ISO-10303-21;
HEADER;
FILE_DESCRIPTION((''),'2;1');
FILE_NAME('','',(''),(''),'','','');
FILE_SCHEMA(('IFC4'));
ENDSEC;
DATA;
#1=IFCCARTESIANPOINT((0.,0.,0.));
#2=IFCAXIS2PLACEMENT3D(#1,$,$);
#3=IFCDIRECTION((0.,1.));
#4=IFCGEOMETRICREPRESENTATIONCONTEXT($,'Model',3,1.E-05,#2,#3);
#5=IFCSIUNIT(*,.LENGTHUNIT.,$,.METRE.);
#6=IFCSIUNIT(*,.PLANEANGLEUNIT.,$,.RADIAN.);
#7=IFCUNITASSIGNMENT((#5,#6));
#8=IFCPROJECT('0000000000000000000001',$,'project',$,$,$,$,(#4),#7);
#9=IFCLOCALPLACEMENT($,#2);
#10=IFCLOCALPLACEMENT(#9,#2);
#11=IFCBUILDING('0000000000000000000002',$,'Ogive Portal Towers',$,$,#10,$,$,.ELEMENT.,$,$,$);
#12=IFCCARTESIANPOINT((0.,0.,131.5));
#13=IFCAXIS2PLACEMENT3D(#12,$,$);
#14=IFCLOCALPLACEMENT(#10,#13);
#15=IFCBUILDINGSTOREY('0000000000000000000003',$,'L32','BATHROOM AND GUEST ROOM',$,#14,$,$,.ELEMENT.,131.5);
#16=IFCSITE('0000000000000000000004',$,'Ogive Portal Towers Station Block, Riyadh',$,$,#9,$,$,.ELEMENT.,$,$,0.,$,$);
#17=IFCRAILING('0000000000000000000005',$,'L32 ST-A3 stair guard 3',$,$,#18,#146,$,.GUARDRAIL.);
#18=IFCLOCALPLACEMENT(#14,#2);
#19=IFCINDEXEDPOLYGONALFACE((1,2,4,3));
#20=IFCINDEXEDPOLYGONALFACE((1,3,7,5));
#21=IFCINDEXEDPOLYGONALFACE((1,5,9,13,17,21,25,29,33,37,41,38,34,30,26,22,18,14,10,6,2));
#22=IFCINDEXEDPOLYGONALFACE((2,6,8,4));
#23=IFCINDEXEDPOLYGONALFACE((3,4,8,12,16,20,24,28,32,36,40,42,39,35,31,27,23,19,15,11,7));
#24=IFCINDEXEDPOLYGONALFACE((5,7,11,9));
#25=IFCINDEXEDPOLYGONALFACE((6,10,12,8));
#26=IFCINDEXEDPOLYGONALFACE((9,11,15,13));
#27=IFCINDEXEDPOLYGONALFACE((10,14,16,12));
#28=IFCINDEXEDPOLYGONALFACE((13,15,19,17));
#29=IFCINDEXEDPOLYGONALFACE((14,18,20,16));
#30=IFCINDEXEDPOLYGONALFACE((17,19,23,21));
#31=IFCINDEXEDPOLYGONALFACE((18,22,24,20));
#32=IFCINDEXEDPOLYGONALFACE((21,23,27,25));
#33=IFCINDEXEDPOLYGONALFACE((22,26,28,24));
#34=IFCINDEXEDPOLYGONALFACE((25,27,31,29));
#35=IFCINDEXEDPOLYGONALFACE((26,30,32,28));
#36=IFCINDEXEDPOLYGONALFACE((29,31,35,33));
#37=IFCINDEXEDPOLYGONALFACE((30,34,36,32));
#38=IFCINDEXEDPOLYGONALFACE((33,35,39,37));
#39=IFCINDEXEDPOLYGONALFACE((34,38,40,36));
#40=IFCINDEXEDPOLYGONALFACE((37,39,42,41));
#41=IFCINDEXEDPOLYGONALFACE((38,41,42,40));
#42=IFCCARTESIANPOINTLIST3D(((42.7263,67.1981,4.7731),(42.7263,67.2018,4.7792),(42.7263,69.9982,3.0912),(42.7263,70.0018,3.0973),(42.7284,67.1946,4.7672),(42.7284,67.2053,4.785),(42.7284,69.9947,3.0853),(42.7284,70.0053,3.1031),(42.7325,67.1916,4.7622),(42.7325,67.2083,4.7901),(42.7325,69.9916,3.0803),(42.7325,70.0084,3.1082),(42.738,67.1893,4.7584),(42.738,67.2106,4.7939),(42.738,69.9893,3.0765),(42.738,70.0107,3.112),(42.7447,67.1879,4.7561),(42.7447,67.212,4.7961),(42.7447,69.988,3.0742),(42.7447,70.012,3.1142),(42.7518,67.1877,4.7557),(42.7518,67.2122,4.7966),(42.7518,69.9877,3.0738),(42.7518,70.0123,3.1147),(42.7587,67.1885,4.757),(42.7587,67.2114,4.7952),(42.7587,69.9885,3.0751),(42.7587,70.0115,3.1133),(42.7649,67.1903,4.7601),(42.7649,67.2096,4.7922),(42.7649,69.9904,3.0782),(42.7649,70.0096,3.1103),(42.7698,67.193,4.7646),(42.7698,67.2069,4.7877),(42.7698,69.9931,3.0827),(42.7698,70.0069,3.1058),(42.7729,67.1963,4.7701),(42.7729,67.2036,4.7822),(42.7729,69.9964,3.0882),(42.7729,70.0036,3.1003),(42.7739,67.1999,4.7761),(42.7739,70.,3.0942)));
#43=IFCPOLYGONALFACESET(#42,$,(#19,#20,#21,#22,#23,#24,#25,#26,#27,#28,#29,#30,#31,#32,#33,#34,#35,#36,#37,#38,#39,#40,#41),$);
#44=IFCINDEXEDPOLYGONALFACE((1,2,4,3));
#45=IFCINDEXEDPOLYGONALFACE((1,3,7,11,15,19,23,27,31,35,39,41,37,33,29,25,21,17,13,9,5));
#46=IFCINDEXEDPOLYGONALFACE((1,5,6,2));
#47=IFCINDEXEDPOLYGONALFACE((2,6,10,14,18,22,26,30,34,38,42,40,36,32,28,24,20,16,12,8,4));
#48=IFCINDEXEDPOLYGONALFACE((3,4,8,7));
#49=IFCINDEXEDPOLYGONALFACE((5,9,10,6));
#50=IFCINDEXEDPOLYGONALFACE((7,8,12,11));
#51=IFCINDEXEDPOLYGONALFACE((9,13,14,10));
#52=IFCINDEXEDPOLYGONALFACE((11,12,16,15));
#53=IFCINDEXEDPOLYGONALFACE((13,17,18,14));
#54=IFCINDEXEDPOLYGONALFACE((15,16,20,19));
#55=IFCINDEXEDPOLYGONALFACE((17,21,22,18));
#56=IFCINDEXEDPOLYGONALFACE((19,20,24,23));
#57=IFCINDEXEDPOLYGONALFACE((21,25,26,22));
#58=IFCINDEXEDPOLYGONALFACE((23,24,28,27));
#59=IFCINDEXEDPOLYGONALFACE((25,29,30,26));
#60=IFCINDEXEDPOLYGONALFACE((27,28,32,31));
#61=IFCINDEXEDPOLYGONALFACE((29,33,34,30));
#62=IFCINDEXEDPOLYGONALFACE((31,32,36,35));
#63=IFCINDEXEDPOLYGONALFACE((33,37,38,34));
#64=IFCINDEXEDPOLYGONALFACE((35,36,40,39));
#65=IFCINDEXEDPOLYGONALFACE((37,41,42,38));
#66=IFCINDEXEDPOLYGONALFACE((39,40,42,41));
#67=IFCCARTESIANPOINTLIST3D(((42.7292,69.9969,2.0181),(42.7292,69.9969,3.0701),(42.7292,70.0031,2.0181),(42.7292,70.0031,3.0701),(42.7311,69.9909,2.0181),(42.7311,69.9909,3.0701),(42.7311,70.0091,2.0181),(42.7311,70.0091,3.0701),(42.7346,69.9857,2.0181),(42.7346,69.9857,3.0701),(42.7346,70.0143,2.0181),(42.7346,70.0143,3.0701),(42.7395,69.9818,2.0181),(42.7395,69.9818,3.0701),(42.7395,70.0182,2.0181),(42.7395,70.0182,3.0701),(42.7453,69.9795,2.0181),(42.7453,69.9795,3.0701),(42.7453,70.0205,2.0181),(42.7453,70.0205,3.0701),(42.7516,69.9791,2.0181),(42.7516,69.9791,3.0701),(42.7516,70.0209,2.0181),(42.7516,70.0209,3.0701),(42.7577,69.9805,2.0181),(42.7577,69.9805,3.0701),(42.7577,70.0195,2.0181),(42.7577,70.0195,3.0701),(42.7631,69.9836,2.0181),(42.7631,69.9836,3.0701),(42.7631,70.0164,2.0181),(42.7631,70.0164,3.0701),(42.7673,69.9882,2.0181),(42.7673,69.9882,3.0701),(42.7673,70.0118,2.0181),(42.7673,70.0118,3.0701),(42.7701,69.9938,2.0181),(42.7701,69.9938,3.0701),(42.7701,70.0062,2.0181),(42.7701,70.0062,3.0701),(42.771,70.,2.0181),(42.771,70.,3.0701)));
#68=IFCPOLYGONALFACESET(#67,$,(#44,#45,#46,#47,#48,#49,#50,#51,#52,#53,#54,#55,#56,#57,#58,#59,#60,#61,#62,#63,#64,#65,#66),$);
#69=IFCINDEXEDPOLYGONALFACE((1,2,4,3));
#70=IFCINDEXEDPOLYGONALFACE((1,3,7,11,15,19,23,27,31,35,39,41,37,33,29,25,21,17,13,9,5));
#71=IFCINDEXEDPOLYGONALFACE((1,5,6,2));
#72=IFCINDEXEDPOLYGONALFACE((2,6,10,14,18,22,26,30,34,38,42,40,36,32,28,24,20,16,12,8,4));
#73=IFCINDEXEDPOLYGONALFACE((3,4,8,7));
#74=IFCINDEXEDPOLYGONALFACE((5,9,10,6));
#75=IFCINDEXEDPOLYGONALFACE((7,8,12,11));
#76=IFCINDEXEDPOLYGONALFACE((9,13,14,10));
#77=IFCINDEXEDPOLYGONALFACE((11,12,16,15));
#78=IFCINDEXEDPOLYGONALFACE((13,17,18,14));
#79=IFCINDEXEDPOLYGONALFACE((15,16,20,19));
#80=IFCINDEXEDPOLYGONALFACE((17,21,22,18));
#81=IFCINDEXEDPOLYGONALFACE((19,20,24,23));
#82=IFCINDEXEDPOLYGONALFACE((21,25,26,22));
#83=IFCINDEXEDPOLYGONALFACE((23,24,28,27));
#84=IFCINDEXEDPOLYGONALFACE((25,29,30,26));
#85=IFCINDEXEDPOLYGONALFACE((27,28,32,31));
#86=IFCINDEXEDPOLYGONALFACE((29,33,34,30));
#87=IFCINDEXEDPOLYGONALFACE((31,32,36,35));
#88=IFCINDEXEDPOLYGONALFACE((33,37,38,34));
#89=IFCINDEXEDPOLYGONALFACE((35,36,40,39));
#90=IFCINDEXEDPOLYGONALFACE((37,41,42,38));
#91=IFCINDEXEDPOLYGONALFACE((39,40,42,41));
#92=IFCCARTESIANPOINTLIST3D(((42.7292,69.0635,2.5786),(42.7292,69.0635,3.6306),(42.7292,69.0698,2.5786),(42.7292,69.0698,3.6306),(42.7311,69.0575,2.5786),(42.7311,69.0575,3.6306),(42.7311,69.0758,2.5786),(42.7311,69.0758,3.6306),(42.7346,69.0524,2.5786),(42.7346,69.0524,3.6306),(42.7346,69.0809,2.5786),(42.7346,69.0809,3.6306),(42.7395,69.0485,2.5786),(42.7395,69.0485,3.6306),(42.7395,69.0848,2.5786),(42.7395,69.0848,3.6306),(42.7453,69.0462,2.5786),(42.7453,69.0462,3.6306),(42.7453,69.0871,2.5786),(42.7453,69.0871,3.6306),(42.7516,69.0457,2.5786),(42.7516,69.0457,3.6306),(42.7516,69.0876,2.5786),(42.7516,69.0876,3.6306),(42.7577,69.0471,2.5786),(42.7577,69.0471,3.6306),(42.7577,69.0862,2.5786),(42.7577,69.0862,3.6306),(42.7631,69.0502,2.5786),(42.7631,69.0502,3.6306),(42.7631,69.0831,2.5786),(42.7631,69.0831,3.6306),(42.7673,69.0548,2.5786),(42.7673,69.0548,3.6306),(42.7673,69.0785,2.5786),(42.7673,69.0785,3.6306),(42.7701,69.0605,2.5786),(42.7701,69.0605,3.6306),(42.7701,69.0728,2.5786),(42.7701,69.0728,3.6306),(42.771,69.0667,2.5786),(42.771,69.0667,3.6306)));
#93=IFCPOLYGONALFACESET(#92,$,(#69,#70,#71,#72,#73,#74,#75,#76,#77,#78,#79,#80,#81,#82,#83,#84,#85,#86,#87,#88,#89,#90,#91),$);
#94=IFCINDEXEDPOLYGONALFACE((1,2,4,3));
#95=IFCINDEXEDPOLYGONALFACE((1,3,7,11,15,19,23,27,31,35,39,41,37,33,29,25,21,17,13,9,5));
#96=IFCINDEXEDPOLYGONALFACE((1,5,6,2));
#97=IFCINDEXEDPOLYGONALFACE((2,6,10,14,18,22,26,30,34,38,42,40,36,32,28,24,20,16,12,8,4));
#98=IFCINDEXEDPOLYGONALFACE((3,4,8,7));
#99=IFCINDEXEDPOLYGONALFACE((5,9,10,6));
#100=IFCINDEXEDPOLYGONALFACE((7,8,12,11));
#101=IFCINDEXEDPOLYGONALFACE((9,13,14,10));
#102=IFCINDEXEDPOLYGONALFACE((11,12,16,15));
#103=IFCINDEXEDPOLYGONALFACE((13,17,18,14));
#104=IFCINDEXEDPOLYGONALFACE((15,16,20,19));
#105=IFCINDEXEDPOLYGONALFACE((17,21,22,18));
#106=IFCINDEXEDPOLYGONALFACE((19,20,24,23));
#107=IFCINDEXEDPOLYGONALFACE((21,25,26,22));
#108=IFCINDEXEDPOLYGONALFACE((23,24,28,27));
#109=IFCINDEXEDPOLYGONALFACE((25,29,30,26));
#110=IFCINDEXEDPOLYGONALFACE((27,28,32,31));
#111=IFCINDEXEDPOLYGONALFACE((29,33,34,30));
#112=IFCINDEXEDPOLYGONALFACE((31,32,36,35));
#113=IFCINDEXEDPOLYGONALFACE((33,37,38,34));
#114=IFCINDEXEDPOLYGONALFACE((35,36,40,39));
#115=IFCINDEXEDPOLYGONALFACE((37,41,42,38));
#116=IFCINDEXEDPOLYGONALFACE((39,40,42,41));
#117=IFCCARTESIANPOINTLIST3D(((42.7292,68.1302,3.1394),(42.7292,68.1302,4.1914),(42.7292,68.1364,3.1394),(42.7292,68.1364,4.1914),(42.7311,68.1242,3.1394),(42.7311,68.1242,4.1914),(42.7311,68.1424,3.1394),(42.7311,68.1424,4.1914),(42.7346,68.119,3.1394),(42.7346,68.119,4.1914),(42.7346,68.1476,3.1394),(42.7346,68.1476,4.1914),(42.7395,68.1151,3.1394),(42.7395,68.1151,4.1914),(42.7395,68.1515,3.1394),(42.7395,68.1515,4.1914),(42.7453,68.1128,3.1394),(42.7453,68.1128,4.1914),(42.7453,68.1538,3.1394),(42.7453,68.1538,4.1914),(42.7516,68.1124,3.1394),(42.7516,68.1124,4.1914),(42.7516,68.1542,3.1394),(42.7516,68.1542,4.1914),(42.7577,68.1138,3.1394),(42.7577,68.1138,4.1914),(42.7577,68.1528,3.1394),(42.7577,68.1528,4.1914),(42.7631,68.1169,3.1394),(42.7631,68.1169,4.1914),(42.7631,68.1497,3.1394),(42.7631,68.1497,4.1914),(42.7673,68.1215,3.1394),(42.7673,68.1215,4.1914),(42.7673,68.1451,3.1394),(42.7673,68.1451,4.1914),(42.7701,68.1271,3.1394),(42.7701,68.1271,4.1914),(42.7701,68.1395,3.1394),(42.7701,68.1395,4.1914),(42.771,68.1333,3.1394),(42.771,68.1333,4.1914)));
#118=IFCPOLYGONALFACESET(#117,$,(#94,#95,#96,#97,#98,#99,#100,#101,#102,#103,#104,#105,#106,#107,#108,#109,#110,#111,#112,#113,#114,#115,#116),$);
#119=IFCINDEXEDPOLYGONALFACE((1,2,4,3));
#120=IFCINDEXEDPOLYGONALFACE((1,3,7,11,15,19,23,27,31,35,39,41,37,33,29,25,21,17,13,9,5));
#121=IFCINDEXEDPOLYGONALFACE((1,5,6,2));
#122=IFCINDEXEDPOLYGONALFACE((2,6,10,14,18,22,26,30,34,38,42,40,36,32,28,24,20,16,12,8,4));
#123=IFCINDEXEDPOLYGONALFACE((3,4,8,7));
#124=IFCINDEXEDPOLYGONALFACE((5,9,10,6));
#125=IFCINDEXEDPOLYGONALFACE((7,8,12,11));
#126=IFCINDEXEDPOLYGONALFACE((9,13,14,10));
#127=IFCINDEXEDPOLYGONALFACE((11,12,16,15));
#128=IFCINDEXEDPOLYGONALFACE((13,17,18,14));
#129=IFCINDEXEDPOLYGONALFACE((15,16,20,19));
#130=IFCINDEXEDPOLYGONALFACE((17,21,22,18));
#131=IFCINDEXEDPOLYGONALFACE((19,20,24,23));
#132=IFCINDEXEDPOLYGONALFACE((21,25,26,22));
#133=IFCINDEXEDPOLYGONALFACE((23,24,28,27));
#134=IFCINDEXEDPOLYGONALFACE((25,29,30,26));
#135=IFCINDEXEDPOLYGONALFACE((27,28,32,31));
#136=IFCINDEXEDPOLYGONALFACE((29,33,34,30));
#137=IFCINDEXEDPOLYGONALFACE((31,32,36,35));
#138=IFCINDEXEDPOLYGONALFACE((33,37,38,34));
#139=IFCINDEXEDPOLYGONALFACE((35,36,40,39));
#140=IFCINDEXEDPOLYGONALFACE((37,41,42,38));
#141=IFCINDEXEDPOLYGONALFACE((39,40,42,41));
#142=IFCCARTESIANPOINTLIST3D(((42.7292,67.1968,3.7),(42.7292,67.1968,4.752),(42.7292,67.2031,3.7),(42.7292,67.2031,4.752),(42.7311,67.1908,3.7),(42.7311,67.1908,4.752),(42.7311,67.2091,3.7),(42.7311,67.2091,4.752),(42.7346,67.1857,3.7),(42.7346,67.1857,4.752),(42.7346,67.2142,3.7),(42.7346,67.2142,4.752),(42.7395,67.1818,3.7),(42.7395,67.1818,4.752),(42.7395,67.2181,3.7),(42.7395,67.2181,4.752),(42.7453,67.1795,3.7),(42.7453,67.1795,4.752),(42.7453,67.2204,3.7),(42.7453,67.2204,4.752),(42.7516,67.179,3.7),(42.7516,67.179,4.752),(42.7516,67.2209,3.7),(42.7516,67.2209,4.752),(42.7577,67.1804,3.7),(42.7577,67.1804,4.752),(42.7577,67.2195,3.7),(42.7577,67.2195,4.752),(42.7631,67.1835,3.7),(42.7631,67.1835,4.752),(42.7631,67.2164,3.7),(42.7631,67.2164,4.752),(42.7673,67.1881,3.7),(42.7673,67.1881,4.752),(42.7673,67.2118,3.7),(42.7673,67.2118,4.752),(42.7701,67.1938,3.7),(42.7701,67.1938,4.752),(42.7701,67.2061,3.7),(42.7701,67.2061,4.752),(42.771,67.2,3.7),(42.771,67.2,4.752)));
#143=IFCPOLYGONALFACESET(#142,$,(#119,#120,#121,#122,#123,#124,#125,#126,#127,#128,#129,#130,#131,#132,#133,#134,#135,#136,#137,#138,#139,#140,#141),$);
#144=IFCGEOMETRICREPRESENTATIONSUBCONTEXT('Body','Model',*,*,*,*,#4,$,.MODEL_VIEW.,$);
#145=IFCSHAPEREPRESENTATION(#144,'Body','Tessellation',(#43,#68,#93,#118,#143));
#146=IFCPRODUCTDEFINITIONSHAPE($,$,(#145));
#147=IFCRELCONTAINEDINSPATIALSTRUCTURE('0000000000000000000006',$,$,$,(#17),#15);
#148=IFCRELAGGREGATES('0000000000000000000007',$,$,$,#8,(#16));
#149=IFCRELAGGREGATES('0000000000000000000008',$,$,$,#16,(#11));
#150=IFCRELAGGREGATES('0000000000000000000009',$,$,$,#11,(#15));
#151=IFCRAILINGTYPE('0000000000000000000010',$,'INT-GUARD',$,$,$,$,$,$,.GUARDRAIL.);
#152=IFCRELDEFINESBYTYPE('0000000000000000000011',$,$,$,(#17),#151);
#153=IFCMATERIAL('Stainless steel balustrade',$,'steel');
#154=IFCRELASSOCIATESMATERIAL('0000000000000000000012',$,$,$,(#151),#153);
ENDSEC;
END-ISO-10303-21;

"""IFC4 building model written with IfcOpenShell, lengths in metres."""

from ifc_helpers import new_model, si_unit, direction, frame, origin, origin_2d, place, context, subcontext, project, spatial, circle, extrude, material, type_object, element, save


model = new_model("IFC4")

# Units and contexts
model_context = context("Model", 3, precision=1e-05, world=origin(), true_north=direction((0.0, 1.0)))
body_context = subcontext(model_context, "Body", "Model", "MODEL_VIEW")
ifc_project = project(units=[si_unit("LENGTHUNIT", "METRE"), si_unit("PLANEANGLEUNIT", "RADIAN")], contexts=[model_context])

# Site, building, storey
site_placement = place(None, origin())
site = spatial("IfcSite", under=ifc_project, at=site_placement, Name="Ogive Portal Towers Station Block, Riyadh", CompositionType="ELEMENT", RefElevation=0.0)
building_placement = place(site_placement, origin())
building = spatial("IfcBuilding", under=site, at=building_placement, Name="Ogive Portal Towers", CompositionType="ELEMENT")
storey_placement = place(building_placement, frame((0.0, 0.0, 131.5)))
storey = spatial("IfcBuildingStorey", under=building, at=storey_placement, Name="L32", Description="BATHROOM AND GUEST ROOM", CompositionType="ELEMENT", Elevation=131.5)

# Railing
ifc_material_1 = material(Name="Stainless steel balustrade", Category="steel")
railing_type_1 = type_object("IfcRailingType", Name="INT-GUARD", PredefinedType="GUARDRAIL", material=ifc_material_1)
railing_1_placement = place(storey_placement, frame((42.75, 70.0, 2.0181)))
element("IfcRailing", 1, at=railing_1_placement, inside=storey, type_object=railing_type_1, Name="L32 ST-A3 stair guard 3", PredefinedType="GUARDRAIL", context=body_context, shape_type="SweptSolid", body=[
    extrude(circle(Radius=0.0239, at=origin_2d()), frame((0.0, 0.0, 1.0762), z_axis=(0.0, -0.857242, 0.514913), x_axis=(1.0, 0.0, 0.0)), (0.0, 0.0, 1.0), 3.2664),
    extrude(circle(Radius=0.021, at=origin_2d()), origin(), (0.0, 0.0, 1.0), 1.052),
    extrude(circle(Radius=0.021, at=origin_2d()), frame((0.0, -0.9333, 0.5605)), (0.0, 0.0, 1.0), 1.052),
    extrude(circle(Radius=0.021, at=origin_2d()), frame((0.0, -1.8667, 1.1213)), (0.0, 0.0, 1.0), 1.052),
    extrude(circle(Radius=0.021, at=origin_2d()), frame((0.0, -2.8, 1.6819)), (0.0, 0.0, 1.0), 1.052),
])

save(model, "model.ifc")
